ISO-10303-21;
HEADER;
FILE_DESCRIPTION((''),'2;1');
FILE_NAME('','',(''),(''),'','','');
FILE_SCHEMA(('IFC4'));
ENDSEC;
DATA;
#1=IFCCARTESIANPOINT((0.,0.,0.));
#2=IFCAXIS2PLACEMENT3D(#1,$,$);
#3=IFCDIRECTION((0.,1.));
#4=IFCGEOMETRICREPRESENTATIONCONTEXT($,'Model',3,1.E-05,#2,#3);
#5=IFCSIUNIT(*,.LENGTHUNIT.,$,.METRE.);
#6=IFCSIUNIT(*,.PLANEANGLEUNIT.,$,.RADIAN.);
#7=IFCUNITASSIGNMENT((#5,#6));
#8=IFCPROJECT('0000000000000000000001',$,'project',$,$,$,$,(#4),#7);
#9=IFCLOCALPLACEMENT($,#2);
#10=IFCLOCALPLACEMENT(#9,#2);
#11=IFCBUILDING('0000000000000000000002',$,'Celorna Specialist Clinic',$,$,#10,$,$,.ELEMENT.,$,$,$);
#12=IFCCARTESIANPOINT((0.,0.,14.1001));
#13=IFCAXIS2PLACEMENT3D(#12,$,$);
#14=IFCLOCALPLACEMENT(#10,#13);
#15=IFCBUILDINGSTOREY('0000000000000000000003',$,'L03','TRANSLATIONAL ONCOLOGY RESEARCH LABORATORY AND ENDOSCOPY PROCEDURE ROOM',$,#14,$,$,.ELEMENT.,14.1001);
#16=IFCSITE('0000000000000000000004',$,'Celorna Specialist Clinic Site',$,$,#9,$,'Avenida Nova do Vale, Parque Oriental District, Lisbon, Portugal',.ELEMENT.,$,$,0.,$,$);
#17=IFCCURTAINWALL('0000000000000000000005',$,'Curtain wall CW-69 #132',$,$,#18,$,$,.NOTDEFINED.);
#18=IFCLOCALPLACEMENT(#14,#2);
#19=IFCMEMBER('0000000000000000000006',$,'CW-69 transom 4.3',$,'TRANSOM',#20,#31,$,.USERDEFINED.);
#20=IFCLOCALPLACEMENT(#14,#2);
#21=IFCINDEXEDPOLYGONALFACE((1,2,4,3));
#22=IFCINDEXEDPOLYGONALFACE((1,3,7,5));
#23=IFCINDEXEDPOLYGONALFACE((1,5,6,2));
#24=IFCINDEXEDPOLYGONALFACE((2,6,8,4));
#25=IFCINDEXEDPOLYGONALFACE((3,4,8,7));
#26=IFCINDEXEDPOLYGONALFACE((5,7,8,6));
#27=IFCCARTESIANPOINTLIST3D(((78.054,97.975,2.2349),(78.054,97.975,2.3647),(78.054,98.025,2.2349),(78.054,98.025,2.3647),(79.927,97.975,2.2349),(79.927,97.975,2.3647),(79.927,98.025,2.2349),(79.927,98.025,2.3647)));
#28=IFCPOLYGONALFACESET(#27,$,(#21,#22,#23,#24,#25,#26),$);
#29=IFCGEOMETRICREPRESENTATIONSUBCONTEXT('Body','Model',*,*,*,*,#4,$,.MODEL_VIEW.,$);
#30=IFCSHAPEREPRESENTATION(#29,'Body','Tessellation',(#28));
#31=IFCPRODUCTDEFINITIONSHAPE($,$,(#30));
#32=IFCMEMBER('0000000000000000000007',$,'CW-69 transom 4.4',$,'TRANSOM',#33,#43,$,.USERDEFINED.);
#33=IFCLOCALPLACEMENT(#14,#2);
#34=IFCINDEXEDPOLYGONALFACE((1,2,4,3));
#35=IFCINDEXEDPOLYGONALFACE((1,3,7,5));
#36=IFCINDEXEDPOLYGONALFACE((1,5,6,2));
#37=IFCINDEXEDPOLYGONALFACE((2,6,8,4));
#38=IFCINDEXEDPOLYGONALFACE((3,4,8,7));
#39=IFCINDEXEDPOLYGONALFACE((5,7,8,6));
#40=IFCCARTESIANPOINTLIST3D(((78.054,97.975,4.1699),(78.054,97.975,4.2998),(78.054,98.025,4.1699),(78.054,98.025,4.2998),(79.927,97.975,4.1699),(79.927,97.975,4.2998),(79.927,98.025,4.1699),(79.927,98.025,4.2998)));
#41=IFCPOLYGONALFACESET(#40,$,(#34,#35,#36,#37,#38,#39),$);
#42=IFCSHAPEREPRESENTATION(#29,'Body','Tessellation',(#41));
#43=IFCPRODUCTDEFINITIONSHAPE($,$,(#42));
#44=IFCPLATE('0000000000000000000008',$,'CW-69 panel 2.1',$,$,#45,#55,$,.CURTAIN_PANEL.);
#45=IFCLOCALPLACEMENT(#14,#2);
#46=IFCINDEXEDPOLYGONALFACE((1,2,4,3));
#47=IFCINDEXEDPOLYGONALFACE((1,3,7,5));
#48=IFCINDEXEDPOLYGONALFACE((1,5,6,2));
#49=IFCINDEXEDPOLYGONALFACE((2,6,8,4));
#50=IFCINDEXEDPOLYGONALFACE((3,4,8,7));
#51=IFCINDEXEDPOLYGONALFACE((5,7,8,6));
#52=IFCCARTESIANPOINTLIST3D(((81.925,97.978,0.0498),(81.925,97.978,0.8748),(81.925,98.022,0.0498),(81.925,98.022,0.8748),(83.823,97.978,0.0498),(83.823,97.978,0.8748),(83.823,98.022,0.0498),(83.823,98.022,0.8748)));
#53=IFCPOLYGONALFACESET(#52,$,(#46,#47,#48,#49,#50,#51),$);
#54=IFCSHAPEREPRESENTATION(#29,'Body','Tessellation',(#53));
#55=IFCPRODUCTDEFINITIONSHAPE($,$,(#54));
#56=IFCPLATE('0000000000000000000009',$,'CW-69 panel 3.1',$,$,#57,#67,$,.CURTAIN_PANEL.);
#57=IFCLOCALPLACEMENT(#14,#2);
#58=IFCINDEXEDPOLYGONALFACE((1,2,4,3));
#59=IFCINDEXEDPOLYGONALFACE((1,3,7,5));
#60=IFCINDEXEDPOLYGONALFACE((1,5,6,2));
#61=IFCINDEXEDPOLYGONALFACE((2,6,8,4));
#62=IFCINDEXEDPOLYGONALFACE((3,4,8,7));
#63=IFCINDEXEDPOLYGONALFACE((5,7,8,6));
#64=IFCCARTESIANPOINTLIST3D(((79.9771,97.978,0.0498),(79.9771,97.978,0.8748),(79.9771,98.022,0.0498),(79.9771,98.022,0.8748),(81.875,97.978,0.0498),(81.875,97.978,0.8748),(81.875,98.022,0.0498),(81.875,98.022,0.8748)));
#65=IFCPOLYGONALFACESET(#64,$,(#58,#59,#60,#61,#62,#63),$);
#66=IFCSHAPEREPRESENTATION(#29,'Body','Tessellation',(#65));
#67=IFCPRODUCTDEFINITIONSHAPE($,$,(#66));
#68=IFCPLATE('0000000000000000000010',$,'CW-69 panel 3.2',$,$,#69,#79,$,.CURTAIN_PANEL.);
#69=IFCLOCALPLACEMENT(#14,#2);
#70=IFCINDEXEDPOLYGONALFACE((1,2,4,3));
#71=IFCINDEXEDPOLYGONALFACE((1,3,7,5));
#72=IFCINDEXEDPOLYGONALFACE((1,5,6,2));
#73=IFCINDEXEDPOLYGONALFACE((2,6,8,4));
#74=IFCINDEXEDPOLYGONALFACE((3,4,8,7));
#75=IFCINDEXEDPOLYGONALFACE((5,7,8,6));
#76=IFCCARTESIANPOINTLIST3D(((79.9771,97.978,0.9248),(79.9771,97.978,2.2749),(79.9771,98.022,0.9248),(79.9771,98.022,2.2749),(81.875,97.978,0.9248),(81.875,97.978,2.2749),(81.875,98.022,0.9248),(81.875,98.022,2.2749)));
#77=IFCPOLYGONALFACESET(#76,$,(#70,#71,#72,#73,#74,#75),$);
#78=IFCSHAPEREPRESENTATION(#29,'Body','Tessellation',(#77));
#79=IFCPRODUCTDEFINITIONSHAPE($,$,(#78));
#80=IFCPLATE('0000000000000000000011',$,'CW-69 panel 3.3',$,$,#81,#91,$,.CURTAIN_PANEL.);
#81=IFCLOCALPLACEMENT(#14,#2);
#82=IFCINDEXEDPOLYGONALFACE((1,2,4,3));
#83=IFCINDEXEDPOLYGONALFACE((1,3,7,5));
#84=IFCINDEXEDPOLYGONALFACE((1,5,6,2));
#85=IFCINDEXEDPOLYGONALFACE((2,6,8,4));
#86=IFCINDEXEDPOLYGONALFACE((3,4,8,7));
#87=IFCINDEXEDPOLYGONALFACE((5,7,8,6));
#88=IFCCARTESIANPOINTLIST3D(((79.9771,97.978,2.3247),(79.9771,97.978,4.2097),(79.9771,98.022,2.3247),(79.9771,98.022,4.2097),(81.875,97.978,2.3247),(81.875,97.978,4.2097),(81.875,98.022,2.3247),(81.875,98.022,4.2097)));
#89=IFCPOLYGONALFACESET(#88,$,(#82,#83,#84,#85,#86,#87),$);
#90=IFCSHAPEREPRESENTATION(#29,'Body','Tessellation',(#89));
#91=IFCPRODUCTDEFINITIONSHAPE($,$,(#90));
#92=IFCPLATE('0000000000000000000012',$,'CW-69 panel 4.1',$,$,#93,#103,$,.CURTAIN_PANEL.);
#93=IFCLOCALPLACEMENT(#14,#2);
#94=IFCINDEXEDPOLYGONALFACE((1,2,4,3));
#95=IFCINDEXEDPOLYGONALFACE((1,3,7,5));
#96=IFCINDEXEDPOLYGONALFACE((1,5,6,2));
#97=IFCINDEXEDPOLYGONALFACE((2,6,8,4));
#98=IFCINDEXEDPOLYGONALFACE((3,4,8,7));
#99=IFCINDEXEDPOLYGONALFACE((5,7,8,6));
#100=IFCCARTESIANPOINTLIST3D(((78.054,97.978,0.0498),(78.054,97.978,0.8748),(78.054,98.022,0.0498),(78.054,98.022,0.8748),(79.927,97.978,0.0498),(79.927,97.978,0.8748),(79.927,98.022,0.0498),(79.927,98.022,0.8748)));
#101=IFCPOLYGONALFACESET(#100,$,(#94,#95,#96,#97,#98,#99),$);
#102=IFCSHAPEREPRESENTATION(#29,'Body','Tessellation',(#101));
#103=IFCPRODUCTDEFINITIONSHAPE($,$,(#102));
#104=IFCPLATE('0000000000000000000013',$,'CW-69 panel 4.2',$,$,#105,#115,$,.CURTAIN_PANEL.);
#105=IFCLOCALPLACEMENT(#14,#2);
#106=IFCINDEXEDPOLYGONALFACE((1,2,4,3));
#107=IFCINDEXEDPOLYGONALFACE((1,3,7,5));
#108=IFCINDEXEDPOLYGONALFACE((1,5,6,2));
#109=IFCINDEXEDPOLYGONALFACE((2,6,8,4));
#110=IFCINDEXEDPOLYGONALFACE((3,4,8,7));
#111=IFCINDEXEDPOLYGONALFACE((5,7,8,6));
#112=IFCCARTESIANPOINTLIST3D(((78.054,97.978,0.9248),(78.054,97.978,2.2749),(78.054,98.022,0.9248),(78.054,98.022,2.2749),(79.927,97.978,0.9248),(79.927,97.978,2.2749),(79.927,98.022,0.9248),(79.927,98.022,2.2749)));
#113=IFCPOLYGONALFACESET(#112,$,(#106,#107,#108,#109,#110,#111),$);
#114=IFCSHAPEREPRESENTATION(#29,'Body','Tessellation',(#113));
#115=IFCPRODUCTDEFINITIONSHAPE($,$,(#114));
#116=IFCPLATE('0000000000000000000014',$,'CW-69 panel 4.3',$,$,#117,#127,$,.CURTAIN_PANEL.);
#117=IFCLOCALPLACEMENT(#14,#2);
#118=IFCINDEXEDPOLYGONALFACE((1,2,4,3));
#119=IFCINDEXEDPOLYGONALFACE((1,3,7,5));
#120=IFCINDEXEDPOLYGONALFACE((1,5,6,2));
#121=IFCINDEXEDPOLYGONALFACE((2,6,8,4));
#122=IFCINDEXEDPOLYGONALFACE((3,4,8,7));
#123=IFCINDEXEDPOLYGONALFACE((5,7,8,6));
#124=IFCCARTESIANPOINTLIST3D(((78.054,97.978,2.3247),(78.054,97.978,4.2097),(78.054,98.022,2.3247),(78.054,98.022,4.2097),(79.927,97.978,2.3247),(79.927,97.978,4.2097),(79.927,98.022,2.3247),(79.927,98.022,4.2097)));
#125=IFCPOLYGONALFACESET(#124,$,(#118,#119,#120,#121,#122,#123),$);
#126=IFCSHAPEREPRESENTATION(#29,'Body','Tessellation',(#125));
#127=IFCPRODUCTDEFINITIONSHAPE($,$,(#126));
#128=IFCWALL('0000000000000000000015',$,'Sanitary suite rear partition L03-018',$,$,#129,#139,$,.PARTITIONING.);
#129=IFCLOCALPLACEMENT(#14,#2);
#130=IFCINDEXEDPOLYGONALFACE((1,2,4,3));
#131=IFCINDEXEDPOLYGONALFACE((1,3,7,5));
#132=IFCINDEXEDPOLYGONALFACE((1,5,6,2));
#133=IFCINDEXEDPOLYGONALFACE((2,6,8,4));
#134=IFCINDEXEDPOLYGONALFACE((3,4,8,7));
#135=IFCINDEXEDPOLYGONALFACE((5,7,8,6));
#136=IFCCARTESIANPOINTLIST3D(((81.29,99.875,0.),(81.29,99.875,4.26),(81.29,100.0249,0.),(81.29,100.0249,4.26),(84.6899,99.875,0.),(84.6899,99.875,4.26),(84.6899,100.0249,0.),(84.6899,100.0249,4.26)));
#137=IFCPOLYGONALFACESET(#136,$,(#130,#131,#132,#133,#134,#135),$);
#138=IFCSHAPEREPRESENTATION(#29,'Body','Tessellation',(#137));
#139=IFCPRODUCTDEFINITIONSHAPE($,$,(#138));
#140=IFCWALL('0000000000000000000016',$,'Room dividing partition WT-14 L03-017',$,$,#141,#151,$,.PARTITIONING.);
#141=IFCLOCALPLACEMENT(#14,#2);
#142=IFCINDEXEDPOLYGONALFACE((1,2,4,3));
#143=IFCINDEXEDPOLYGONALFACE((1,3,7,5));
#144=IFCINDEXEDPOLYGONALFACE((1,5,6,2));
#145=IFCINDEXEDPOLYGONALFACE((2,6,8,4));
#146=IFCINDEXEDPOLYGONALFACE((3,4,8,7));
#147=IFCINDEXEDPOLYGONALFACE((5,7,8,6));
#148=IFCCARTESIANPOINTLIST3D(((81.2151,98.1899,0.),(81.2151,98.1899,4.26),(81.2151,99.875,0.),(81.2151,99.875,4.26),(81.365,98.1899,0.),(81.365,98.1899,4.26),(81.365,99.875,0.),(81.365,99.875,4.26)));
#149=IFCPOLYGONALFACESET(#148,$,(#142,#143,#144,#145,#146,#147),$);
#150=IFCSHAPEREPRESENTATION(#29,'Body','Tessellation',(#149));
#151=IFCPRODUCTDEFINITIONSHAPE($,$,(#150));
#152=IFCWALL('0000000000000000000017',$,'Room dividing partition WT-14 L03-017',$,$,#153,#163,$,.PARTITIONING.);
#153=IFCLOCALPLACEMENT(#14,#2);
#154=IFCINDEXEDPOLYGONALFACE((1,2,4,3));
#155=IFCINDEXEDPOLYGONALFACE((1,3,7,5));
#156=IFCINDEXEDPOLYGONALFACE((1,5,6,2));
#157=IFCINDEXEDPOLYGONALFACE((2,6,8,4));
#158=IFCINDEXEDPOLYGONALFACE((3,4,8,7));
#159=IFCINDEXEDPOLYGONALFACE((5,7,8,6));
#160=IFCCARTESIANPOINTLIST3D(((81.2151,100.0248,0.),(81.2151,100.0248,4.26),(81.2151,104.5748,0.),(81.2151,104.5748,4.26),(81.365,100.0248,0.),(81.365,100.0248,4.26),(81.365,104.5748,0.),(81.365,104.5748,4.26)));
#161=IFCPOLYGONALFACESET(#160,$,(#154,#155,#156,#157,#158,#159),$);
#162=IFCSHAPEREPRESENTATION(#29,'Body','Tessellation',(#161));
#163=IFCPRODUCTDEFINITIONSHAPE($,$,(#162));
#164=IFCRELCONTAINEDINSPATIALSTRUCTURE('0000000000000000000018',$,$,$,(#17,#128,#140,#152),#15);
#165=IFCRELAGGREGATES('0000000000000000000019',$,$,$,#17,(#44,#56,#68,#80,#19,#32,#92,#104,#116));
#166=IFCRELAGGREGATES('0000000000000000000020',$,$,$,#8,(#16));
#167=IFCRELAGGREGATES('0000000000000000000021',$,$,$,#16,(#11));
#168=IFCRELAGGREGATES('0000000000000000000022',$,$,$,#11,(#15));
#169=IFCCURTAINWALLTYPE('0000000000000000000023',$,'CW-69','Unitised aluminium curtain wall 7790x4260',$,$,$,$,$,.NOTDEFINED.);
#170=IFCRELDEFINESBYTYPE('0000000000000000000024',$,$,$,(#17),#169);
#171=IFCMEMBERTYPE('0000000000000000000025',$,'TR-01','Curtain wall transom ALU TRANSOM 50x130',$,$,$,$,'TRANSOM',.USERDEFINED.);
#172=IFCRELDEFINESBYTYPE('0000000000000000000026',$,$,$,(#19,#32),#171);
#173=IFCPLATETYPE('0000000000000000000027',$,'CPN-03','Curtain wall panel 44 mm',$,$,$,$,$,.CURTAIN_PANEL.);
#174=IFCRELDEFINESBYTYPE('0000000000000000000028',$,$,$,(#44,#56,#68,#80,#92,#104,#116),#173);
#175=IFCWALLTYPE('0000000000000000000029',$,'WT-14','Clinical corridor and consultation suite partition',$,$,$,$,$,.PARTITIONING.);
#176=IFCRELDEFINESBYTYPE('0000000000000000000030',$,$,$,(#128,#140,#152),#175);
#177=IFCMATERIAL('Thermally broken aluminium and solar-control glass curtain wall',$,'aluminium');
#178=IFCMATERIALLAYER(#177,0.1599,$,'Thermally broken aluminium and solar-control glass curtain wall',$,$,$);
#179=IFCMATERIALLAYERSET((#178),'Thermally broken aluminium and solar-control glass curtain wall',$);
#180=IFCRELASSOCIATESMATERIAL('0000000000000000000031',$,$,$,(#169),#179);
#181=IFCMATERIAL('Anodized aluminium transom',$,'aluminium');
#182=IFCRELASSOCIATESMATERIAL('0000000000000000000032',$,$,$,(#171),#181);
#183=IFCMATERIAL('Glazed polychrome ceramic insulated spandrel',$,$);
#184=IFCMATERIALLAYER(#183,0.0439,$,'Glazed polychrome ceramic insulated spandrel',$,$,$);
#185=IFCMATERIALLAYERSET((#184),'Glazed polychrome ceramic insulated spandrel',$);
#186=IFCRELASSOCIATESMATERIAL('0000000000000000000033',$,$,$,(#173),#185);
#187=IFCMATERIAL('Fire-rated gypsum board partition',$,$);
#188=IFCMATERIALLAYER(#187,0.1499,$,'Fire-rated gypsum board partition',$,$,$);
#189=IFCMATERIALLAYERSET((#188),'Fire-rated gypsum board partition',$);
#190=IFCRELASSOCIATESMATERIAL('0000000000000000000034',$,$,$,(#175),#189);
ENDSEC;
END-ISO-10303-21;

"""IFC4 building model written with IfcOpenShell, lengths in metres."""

from ifc_helpers import new_model, si_unit, direction, frame, frame_2d, origin, origin_2d, place, context, subcontext, project, spatial, rectangle, extrude, material, layer, layer_set, material_profile, profile_set, type_object, element, aggregate, save


model = new_model("IFC4")

# Units and contexts
model_context = context("Model", 3, precision=1e-05, world=origin(), true_north=direction((0.0, 1.0)))
body_context = subcontext(model_context, "Body", "Model", "MODEL_VIEW")
ifc_project = project(units=[si_unit("LENGTHUNIT", "METRE"), si_unit("PLANEANGLEUNIT", "RADIAN")], contexts=[model_context])

# Site, building, storey
site_placement = place(None, origin())
site = spatial("IfcSite", under=ifc_project, at=site_placement, Name="Celorna Specialist Clinic Site", LongName="Avenida Nova do Vale, Parque Oriental District, Lisbon, Portugal", CompositionType="ELEMENT", RefElevation=0.0)
building_placement = place(site_placement, origin())
building = spatial("IfcBuilding", under=site, at=building_placement, Name="Celorna Specialist Clinic", CompositionType="ELEMENT")
storey_placement = place(building_placement, frame((0.0, 0.0, 14.1001)))
storey = spatial("IfcBuildingStorey", under=building, at=storey_placement, Name="L03", Description="TRANSLATIONAL ONCOLOGY RESEARCH LABORATORY AND ENDOSCOPY PROCEDURE ROOM", CompositionType="ELEMENT", Elevation=14.1001)

# Curtain wall, members, plates
ifc_material_1 = material(Name="Thermally broken aluminium and solar-control glass curtain wall", Category="aluminium")
ifc_layer_1 = layer(ifc_material_1, 0.1599, Name="Thermally broken aluminium and solar-control glass curtain wall")
ifc_layer_set_1 = layer_set([ifc_layer_1], Name="Thermally broken aluminium and solar-control glass curtain wall")
curtain_wall_type = type_object("IfcCurtainWallType", Name="CW-69", Description="Unitised aluminium curtain wall 7790x4260", PredefinedType="NOTDEFINED", material=ifc_layer_set_1)
curtain_wall_placement = place(storey_placement, origin())
curtain_wall = element("IfcCurtainWall", 1, at=curtain_wall_placement, inside=storey, type_object=curtain_wall_type, Name="Curtain wall CW-69 #132", PredefinedType="NOTDEFINED")
ifc_material_2 = material(Name="Anodized aluminium transom", Category="aluminium")
ifc_material_profile_1 = material_profile(ifc_material_2, rectangle(XDim=0.05, YDim=0.1299, at=origin_2d()), Name="ALU TRANSOM 50x130")
ifc_profile_set_1 = profile_set([ifc_material_profile_1], Name="Anodized aluminium transom")
member_type_1 = type_object("IfcMemberType", Name="TR-01", Description="Curtain wall transom ALU TRANSOM 50x130", ElementType="TRANSOM", PredefinedType="USERDEFINED", material=ifc_profile_set_1)
member_1_placement = place(storey_placement, frame((79.927, 98.0, 2.2998), z_axis=(-1.0, 0.0, 0.0), x_axis=(0.0, -1.0, 0.0)))
member_1 = element("IfcMember", 2, at=member_1_placement, type_object=member_type_1, Name="CW-69 transom 4.3", ObjectType="TRANSOM", PredefinedType="USERDEFINED", context=body_context, shape_type="SweptSolid", body=[
    extrude(rectangle(XDim=0.05, YDim=0.1299, at=origin_2d()), origin(), (0.0, 0.0, 1.0), 1.873),
])
member_2_placement = place(storey_placement, frame((79.927, 98.0, 4.2349), z_axis=(-1.0, 0.0, 0.0), x_axis=(0.0, -1.0, 0.0)))
member_2 = element("IfcMember", 3, at=member_2_placement, type_object=member_type_1, Name="CW-69 transom 4.4", ObjectType="TRANSOM", PredefinedType="USERDEFINED", context=body_context, shape_type="SweptSolid", body=[
    extrude(rectangle(XDim=0.05, YDim=0.1299, at=origin_2d()), origin(), (0.0, 0.0, 1.0), 1.873),
])
ifc_material_3 = material(Name="Glazed polychrome ceramic insulated spandrel")
ifc_layer_2 = layer(ifc_material_3, 0.0439, Name="Glazed polychrome ceramic insulated spandrel")
ifc_layer_set_2 = layer_set([ifc_layer_2], Name="Glazed polychrome ceramic insulated spandrel")
plate_type = type_object("IfcPlateType", Name="CPN-03", Description="Curtain wall panel 44 mm", PredefinedType="CURTAIN_PANEL", material=ifc_layer_set_2)
plate_1_placement = place(storey_placement, frame((82.874, 98.0, 0.0498), z_axis=(0.0, 0.0, 1.0), x_axis=(-1.0, 0.0, 0.0)))
plate_1 = element("IfcPlate", 4, at=plate_1_placement, type_object=plate_type, Name="CW-69 panel 2.1", PredefinedType="CURTAIN_PANEL", context=body_context, shape_type="SweptSolid", body=[
    extrude(rectangle(XDim=1.8979, YDim=0.0439, at=origin_2d()), origin(), (0.0, 0.0, 1.0), 0.825),
])
plate_2_placement = place(storey_placement, frame((80.926, 98.0, 0.0498), z_axis=(0.0, 0.0, 1.0), x_axis=(-1.0, 0.0, 0.0)))
plate_2 = element("IfcPlate", 5, at=plate_2_placement, type_object=plate_type, Name="CW-69 panel 3.1", PredefinedType="CURTAIN_PANEL", context=body_context, shape_type="SweptSolid", body=[
    extrude(rectangle(XDim=1.8979, YDim=0.0439, at=origin_2d()), origin(), (0.0, 0.0, 1.0), 0.825),
])
plate_3_placement = place(storey_placement, frame((80.926, 98.0, 0.9248), z_axis=(0.0, 0.0, 1.0), x_axis=(-1.0, 0.0, 0.0)))
plate_3 = element("IfcPlate", 6, at=plate_3_placement, type_object=plate_type, Name="CW-69 panel 3.2", PredefinedType="CURTAIN_PANEL", context=body_context, shape_type="SweptSolid", body=[
    extrude(rectangle(XDim=1.8979, YDim=0.0439, at=origin_2d()), origin(), (0.0, 0.0, 1.0), 1.3501),
])
plate_4_placement = place(storey_placement, frame((80.926, 98.0, 2.3247), z_axis=(0.0, 0.0, 1.0), x_axis=(-1.0, 0.0, 0.0)))
plate_4 = element("IfcPlate", 7, at=plate_4_placement, type_object=plate_type, Name="CW-69 panel 3.3", PredefinedType="CURTAIN_PANEL", context=body_context, shape_type="SweptSolid", body=[
    extrude(rectangle(XDim=1.8979, YDim=0.0439, at=origin_2d()), origin(), (0.0, 0.0, 1.0), 1.885),
])
plate_5_placement = place(storey_placement, frame((78.9905, 98.0, 0.0498), z_axis=(0.0, 0.0, 1.0), x_axis=(-1.0, 0.0, 0.0)))
plate_5 = element("IfcPlate", 8, at=plate_5_placement, type_object=plate_type, Name="CW-69 panel 4.1", PredefinedType="CURTAIN_PANEL", context=body_context, shape_type="SweptSolid", body=[
    extrude(rectangle(XDim=1.873, YDim=0.0439, at=origin_2d()), origin(), (0.0, 0.0, 1.0), 0.825),
])
plate_6_placement = place(storey_placement, frame((78.9905, 98.0, 0.9248), z_axis=(0.0, 0.0, 1.0), x_axis=(-1.0, 0.0, 0.0)))
plate_6 = element("IfcPlate", 9, at=plate_6_placement, type_object=plate_type, Name="CW-69 panel 4.2", PredefinedType="CURTAIN_PANEL", context=body_context, shape_type="SweptSolid", body=[
    extrude(rectangle(XDim=1.873, YDim=0.0439, at=origin_2d()), origin(), (0.0, 0.0, 1.0), 1.3501),
])
plate_7_placement = place(storey_placement, frame((78.9905, 98.0, 2.3247), z_axis=(0.0, 0.0, 1.0), x_axis=(-1.0, 0.0, 0.0)))
plate_7 = element("IfcPlate", 10, at=plate_7_placement, type_object=plate_type, Name="CW-69 panel 4.3", PredefinedType="CURTAIN_PANEL", context=body_context, shape_type="SweptSolid", body=[
    extrude(rectangle(XDim=1.873, YDim=0.0439, at=origin_2d()), origin(), (0.0, 0.0, 1.0), 1.885),
])
aggregate(curtain_wall, [plate_1, plate_2, plate_3, plate_4, member_1, member_2, plate_5, plate_6, plate_7])

# Walls
ifc_material_4 = material(Name="Fire-rated gypsum board partition")
ifc_layer_3 = layer(ifc_material_4, 0.1499, Name="Fire-rated gypsum board partition")
ifc_layer_set_3 = layer_set([ifc_layer_3], Name="Fire-rated gypsum board partition")
wall_type = type_object("IfcWallType", Name="WT-14", Description="Clinical corridor and consultation suite partition", PredefinedType="PARTITIONING", material=ifc_layer_set_3)
wall_1_placement = place(storey_placement, frame((81.29, 99.95, 0.0), z_axis=(0.0, 0.0, 1.0), x_axis=(1.0, 0.0, 0.0)))
element("IfcWall", 11, at=wall_1_placement, inside=storey, type_object=wall_type, Name="Sanitary suite rear partition L03-018", PredefinedType="PARTITIONING", context=body_context, shape_type="SweptSolid", body=[
    extrude(rectangle(XDim=3.3999, YDim=0.1499, at=frame_2d((1.7, 0.0))), origin(), (0.0, 0.0, 1.0), 4.26),
])
wall_2_placement = place(storey_placement, frame((81.29, 98.1899, 0.0), z_axis=(0.0, 0.0, 1.0), x_axis=(0.0, 1.0, 0.0)))
element("IfcWall", 12, at=wall_2_placement, inside=storey, type_object=wall_type, Name="Room dividing partition WT-14 L03-017", PredefinedType="PARTITIONING", context=body_context, shape_type="SweptSolid", body=[
    extrude(rectangle(XDim=1.6851, YDim=0.1499, at=frame_2d((0.8425, 0.0))), origin(), (0.0, 0.0, 1.0), 4.26),
])
wall_3_placement = place(storey_placement, frame((81.29, 100.0249, 0.0), z_axis=(0.0, 0.0, 1.0), x_axis=(0.0, 1.0, 0.0)))
element("IfcWall", 13, at=wall_3_placement, inside=storey, type_object=wall_type, Name="Room dividing partition WT-14 L03-017", PredefinedType="PARTITIONING", context=body_context, shape_type="SweptSolid", body=[
    extrude(rectangle(XDim=4.55, YDim=0.1499, at=frame_2d((2.2749, 0.0))), origin(), (0.0, 0.0, 1.0), 4.26),
])

save(model, "model.ifc")
